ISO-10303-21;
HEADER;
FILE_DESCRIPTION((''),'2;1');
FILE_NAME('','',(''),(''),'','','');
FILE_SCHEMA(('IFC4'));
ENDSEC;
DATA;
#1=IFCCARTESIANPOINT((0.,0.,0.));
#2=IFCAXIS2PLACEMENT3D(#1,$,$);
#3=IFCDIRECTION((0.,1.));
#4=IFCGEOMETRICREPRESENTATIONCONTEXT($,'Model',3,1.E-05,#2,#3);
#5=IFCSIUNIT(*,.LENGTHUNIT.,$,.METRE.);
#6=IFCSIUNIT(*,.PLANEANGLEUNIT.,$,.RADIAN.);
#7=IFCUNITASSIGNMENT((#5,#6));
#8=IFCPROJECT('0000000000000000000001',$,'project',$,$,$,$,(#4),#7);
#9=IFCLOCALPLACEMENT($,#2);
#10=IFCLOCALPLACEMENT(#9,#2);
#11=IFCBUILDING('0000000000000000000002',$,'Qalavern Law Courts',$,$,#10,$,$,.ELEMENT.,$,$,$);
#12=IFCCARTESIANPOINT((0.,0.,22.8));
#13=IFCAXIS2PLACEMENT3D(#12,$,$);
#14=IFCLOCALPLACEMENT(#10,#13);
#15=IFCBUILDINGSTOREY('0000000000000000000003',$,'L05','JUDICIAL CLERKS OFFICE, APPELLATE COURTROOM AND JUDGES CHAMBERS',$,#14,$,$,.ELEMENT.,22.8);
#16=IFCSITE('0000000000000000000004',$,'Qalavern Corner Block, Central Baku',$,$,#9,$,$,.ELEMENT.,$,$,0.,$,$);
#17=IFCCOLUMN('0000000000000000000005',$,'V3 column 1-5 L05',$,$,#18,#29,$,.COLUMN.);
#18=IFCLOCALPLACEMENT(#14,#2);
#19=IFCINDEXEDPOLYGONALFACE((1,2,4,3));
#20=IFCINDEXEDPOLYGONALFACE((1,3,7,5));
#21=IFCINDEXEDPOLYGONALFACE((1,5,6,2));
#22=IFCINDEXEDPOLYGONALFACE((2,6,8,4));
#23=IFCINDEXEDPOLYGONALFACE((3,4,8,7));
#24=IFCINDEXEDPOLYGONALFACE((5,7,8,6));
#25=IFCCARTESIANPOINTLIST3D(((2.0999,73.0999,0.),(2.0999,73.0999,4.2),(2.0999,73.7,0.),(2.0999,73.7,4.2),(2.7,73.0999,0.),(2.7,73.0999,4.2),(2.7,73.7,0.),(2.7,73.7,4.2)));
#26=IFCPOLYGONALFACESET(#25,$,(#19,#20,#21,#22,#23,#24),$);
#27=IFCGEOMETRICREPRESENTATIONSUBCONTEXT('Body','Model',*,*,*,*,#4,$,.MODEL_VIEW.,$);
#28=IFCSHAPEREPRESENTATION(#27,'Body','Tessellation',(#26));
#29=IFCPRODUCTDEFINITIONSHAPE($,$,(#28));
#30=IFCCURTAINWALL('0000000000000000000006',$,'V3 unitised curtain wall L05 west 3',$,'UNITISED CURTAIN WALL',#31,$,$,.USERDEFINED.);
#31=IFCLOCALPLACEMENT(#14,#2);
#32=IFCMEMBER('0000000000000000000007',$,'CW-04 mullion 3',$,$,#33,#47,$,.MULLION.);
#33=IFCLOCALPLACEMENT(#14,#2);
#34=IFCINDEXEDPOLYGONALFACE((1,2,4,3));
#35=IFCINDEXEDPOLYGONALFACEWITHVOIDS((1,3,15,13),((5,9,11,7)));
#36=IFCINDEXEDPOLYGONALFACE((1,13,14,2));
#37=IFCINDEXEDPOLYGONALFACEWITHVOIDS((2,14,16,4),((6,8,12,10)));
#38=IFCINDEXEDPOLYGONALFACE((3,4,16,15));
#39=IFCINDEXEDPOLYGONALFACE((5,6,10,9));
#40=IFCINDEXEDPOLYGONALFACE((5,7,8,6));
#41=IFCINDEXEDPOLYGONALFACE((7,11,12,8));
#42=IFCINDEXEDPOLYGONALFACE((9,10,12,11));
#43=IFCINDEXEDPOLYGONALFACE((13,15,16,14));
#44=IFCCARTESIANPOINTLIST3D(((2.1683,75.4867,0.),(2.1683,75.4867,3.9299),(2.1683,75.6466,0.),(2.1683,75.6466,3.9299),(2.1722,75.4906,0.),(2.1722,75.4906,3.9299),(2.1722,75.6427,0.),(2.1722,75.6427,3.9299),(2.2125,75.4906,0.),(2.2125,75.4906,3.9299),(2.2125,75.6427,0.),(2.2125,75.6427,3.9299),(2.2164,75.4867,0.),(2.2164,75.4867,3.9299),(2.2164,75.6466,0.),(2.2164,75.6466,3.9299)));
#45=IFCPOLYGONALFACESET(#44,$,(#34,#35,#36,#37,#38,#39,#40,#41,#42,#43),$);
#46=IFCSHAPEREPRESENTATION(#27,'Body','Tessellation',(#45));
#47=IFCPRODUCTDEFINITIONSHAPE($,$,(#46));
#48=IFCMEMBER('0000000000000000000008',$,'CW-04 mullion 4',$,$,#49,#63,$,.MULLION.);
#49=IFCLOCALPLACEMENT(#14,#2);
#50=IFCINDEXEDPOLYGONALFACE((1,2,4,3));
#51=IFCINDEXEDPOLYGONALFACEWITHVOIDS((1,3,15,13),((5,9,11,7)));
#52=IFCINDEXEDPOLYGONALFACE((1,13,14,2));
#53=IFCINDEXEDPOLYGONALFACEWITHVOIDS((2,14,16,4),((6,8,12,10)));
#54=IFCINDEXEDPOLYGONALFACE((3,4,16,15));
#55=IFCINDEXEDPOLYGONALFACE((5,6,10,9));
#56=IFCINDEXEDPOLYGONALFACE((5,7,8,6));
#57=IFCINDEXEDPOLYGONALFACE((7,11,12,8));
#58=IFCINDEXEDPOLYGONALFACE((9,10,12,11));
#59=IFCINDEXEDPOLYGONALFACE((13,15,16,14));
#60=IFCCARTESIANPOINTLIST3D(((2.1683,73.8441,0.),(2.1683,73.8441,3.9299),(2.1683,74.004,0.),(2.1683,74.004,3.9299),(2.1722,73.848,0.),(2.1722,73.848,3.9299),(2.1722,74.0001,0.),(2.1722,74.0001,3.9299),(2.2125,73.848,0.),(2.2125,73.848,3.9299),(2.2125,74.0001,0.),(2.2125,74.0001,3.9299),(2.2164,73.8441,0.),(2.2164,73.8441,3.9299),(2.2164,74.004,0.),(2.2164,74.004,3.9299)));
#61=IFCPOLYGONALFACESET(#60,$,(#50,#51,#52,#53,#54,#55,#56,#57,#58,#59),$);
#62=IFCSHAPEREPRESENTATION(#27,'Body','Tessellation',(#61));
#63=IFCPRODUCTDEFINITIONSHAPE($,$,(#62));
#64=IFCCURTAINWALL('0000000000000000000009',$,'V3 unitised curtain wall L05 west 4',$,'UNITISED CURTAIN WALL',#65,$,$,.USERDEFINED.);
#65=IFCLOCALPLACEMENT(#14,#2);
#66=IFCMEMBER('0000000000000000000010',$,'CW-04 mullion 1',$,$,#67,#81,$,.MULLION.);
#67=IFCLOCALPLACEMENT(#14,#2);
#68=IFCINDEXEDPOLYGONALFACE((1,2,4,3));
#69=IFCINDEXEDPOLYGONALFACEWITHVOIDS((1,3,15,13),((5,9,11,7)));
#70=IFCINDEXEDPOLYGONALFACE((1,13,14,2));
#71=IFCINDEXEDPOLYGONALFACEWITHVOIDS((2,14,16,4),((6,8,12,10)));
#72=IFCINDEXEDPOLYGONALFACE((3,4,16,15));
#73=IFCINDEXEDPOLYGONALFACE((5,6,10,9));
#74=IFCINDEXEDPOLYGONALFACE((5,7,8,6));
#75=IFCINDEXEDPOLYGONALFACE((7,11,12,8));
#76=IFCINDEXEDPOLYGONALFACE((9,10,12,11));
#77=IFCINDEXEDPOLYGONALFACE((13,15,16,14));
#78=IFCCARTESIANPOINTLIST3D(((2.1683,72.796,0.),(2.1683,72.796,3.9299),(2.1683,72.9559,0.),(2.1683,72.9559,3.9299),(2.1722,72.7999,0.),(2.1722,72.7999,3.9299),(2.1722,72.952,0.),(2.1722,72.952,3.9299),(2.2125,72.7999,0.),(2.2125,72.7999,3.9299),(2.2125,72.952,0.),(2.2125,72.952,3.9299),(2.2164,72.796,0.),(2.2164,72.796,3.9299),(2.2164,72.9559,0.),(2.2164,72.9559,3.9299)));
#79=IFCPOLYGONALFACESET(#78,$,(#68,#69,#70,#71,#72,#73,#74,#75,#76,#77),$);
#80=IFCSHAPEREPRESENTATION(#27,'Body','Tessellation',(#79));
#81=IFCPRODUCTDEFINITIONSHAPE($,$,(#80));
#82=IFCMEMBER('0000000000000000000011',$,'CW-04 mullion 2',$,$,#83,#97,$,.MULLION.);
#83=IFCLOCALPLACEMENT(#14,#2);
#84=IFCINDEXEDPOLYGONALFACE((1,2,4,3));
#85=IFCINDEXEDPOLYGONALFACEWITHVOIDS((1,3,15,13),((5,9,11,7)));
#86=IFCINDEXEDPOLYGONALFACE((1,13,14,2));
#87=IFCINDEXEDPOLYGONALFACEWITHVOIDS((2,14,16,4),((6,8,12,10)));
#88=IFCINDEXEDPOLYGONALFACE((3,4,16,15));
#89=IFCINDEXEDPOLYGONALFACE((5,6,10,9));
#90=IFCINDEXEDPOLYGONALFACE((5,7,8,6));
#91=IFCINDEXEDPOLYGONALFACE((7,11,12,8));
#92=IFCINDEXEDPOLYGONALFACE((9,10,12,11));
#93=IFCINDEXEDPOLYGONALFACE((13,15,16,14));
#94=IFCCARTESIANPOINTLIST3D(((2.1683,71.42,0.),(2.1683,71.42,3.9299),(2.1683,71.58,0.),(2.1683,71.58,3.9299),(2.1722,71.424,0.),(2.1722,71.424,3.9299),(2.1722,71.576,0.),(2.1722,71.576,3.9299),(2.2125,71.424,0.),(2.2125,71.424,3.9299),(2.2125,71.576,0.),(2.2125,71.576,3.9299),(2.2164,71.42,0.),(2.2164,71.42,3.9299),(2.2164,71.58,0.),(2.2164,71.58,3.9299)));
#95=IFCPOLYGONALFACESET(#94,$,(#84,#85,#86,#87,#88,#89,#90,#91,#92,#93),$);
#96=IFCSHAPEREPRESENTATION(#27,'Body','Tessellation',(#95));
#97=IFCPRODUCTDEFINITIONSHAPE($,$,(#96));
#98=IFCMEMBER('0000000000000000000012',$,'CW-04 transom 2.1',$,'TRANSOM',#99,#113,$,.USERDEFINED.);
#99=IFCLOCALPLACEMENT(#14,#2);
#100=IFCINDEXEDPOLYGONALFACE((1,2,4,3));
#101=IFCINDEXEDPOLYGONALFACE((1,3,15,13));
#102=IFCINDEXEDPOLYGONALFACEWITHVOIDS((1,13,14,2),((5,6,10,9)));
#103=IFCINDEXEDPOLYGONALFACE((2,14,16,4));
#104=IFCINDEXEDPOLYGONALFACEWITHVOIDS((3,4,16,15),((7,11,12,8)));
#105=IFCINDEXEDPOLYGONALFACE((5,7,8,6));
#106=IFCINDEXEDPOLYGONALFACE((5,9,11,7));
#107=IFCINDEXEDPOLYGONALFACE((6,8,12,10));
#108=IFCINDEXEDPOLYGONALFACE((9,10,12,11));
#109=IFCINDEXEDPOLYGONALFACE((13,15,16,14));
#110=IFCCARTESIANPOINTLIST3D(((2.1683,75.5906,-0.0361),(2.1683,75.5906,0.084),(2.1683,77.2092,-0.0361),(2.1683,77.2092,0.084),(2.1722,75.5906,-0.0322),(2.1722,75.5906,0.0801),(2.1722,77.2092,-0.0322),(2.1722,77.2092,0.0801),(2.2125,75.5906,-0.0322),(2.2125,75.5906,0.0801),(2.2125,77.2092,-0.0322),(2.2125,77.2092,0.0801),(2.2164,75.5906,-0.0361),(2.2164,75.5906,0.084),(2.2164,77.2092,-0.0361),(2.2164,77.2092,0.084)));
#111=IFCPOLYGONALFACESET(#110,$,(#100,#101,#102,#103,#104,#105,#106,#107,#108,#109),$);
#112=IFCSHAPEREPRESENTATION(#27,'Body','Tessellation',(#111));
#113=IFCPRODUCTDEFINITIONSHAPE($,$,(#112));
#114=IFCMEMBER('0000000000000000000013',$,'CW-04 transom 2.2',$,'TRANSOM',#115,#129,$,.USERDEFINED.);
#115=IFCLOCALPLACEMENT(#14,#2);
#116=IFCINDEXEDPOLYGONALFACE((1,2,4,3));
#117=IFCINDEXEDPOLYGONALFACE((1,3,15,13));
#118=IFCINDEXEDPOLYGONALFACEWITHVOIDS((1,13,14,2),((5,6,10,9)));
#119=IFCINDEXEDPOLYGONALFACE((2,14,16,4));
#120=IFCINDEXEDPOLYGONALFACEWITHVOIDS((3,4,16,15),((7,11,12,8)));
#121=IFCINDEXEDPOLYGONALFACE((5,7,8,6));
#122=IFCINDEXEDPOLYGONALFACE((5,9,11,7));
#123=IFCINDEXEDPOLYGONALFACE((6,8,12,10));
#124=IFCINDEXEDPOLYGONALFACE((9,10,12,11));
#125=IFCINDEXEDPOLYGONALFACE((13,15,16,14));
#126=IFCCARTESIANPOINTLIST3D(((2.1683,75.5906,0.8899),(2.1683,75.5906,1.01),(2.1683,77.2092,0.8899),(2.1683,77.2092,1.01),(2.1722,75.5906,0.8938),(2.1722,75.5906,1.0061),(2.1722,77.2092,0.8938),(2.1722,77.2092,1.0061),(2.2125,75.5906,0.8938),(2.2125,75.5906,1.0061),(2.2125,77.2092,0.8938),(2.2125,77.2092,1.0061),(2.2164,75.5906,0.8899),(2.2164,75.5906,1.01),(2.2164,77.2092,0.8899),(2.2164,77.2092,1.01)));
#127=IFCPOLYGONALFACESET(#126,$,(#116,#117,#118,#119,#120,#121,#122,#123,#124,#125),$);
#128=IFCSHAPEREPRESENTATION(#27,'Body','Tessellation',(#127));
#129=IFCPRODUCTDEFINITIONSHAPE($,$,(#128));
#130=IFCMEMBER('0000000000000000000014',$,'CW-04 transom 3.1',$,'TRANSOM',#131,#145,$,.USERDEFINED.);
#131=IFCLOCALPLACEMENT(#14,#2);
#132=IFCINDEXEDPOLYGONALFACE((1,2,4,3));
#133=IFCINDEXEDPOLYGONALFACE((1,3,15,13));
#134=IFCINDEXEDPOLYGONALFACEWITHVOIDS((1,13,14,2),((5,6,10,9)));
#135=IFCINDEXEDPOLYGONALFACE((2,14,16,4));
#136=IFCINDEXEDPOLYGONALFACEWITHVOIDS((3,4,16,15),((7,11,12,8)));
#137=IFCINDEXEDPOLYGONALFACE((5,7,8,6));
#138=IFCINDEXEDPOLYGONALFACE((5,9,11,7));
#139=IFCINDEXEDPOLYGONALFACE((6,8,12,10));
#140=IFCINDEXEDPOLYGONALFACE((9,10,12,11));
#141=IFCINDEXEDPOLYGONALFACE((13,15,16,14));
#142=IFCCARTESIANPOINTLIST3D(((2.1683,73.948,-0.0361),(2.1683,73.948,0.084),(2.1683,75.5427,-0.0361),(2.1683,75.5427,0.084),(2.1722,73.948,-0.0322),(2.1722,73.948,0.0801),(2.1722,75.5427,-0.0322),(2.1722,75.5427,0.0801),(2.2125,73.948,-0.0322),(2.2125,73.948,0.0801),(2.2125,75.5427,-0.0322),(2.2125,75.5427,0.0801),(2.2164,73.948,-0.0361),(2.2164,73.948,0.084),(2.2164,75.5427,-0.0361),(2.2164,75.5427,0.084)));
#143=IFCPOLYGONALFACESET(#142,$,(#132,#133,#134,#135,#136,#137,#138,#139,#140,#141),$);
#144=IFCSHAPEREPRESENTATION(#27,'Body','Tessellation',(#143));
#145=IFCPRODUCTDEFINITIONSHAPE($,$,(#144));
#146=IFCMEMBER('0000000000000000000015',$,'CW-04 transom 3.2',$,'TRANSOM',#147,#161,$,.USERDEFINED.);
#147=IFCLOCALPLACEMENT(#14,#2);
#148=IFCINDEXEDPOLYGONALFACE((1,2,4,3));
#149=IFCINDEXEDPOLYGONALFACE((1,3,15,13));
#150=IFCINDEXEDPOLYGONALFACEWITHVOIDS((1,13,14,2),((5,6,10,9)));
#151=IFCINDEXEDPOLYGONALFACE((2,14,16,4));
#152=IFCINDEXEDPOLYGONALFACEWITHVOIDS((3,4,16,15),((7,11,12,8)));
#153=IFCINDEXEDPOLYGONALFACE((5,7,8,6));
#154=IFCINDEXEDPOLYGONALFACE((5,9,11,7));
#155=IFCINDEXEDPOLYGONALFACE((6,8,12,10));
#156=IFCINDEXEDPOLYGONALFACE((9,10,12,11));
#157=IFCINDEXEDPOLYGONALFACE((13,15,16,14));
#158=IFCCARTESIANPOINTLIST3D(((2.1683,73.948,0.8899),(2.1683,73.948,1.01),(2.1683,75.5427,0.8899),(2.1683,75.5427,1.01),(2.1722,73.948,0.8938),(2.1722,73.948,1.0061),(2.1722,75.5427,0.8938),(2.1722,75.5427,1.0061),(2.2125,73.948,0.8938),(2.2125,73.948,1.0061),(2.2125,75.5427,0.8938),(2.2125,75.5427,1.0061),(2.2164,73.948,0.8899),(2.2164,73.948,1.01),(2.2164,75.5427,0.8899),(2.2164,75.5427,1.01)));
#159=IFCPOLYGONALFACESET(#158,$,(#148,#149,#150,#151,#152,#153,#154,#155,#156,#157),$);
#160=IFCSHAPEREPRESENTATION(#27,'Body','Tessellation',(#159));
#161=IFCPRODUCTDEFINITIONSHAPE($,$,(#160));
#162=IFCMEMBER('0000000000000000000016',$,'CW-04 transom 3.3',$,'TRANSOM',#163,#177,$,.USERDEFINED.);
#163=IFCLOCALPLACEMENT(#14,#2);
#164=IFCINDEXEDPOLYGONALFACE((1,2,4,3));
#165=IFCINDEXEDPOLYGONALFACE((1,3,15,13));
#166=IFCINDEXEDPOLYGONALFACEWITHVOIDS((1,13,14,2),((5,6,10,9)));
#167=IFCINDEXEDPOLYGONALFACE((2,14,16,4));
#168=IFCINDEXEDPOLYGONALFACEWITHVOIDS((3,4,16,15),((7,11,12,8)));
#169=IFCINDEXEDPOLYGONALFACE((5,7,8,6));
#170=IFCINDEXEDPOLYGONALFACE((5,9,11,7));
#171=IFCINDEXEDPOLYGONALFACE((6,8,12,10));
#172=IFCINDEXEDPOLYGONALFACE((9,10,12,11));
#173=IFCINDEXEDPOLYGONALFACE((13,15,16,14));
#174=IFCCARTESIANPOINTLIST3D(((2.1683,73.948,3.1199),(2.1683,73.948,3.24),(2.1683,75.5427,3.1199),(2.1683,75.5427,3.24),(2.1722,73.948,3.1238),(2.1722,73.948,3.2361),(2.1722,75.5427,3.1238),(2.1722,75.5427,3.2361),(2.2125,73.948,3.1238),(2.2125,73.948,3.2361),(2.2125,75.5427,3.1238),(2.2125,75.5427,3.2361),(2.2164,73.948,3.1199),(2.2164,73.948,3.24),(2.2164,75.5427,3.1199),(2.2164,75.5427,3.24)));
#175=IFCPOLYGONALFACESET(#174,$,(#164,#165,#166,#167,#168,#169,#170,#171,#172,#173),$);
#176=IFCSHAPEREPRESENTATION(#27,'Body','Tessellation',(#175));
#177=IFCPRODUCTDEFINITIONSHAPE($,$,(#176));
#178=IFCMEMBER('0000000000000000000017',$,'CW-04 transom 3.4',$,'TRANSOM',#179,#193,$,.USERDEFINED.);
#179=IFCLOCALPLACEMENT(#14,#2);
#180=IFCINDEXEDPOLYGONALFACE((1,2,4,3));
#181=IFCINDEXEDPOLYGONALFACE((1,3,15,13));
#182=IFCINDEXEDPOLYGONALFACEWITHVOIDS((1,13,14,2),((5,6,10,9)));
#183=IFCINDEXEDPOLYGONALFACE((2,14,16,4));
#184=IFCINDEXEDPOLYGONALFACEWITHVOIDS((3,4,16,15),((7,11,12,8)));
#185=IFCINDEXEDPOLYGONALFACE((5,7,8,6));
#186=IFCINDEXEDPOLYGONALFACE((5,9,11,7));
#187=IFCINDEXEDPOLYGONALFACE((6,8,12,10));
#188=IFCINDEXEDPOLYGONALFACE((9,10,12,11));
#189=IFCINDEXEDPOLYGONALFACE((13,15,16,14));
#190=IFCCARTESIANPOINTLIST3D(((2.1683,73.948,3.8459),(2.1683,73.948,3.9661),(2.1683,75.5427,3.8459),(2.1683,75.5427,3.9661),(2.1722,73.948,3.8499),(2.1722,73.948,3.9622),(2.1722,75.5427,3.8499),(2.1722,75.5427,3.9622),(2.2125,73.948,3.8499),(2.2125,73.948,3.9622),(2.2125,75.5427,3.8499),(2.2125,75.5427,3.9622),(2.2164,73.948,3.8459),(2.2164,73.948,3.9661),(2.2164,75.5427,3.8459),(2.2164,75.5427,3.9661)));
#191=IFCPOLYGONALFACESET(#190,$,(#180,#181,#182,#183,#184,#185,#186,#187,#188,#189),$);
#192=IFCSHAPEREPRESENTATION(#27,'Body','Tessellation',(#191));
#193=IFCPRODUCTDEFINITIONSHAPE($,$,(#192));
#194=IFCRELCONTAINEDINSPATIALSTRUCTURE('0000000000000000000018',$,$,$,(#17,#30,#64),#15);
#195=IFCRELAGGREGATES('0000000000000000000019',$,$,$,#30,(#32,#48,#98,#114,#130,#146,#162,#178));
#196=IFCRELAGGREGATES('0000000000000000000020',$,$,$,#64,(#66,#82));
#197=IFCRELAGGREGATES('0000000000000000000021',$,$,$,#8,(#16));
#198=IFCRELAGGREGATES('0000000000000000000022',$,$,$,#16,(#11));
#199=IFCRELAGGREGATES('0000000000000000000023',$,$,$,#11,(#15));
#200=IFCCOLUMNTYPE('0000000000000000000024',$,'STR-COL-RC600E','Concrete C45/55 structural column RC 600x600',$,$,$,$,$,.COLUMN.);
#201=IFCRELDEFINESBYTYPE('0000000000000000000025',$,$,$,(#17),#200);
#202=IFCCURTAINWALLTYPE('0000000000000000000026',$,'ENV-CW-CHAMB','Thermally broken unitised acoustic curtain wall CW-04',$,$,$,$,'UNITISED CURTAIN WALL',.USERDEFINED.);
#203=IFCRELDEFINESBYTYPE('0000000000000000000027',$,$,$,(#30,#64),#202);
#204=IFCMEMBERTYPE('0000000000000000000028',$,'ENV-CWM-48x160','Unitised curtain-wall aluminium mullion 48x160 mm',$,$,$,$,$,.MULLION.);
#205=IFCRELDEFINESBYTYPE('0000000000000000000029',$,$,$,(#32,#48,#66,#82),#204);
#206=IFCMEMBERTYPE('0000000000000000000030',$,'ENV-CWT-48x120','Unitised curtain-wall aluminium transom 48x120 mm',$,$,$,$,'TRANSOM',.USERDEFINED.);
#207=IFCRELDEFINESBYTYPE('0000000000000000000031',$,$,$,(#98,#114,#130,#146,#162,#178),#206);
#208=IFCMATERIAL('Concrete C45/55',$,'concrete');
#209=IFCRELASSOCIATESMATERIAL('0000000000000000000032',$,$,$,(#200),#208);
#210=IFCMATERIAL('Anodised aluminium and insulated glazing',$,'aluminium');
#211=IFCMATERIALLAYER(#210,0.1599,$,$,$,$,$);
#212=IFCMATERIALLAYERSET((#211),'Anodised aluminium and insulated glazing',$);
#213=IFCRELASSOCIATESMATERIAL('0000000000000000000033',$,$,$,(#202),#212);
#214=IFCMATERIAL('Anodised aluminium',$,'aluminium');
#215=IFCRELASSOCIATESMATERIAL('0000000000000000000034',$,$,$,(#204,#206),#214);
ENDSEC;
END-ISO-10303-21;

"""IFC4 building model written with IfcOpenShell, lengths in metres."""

from ifc_helpers import new_model, si_unit, direction, frame, origin, origin_2d, place, context, subcontext, project, spatial, rectangle, hollow_rectangle, extrude, material, layer, layer_set, material_profile, profile_set, type_object, element, aggregate, save


model = new_model("IFC4")

# Units and contexts
model_context = context("Model", 3, precision=1e-05, world=origin(), true_north=direction((0.0, 1.0)))
body_context = subcontext(model_context, "Body", "Model", "MODEL_VIEW")
ifc_project = project(units=[si_unit("LENGTHUNIT", "METRE"), si_unit("PLANEANGLEUNIT", "RADIAN")], contexts=[model_context])

# Site, building, storey
site_placement = place(None, origin())
site = spatial("IfcSite", under=ifc_project, at=site_placement, Name="Qalavern Corner Block, Central Baku", CompositionType="ELEMENT", RefElevation=0.0)
building_placement = place(site_placement, origin())
building = spatial("IfcBuilding", under=site, at=building_placement, Name="Qalavern Law Courts", CompositionType="ELEMENT")
storey_placement = place(building_placement, frame((0.0, 0.0, 22.8)))
storey = spatial("IfcBuildingStorey", under=building, at=storey_placement, Name="L05", Description="JUDICIAL CLERKS OFFICE, APPELLATE COURTROOM AND JUDGES CHAMBERS", CompositionType="ELEMENT", Elevation=22.8)

# Column
ifc_material_1 = material(Name="Concrete C45/55", Category="concrete")
ifc_material_profile_1 = material_profile(ifc_material_1, rectangle(XDim=0.6001, YDim=0.6001, at=origin_2d()), Name="RC 600x600")
ifc_profile_set_1 = profile_set([ifc_material_profile_1], Name="Concrete C45/55")
column_type = type_object("IfcColumnType", Name="STR-COL-RC600E", Description="Concrete C45/55 structural column RC 600x600", PredefinedType="COLUMN", material=ifc_profile_set_1)
column_placement = place(storey_placement, frame((2.3999, 73.3999, 0.0), z_axis=(0.0, 0.0, 1.0), x_axis=(1.0, 0.0, 0.0)))
element("IfcColumn", 1, at=column_placement, inside=storey, type_object=column_type, Name="V3 column 1-5 L05", PredefinedType="COLUMN", context=body_context, shape_type="SweptSolid", body=[
    extrude(rectangle(XDim=0.6001, YDim=0.6001, at=origin_2d()), origin(), (0.0, 0.0, 1.0), 4.2),
])

# Curtain walls, members
ifc_material_2 = material(Name="Anodised aluminium and insulated glazing", Category="aluminium")
ifc_layer_1 = layer(ifc_material_2, 0.1599)
ifc_layer_set_1 = layer_set([ifc_layer_1], Name="Anodised aluminium and insulated glazing")
curtain_wall_type = type_object("IfcCurtainWallType", Name="ENV-CW-CHAMB", Description="Thermally broken unitised acoustic curtain wall CW-04", ElementType="UNITISED CURTAIN WALL", PredefinedType="USERDEFINED", material=ifc_layer_set_1)
curtain_wall_1_placement = place(storey_placement, origin())
curtain_wall_1 = element("IfcCurtainWall", 2, at=curtain_wall_1_placement, inside=storey, type_object=curtain_wall_type, Name="V3 unitised curtain wall L05 west 3", ObjectType="UNITISED CURTAIN WALL", PredefinedType="USERDEFINED")
ifc_material_3 = material(Name="Anodised aluminium", Category="aluminium")
ifc_material_profile_2 = material_profile(ifc_material_3, hollow_rectangle(XDim=0.0481, YDim=0.1599, WallThickness=0.0039, at=origin_2d()), Name="ALU MULLION 48x160")
ifc_profile_set_2 = profile_set([ifc_material_profile_2], Name="Anodised aluminium")
member_type_1 = type_object("IfcMemberType", Name="ENV-CWM-48x160", Description="Unitised curtain-wall aluminium mullion 48x160 mm", PredefinedType="MULLION", material=ifc_profile_set_2)
member_1_placement = place(storey_placement, frame((2.1924, 75.5667, 0.0), z_axis=(0.0, 0.0, 1.0), x_axis=(1.0, 0.0, 0.0)))
member_1 = element("IfcMember", 3, at=member_1_placement, type_object=member_type_1, Name="CW-04 mullion 3", PredefinedType="MULLION", context=body_context, shape_type="SweptSolid", body=[
    extrude(hollow_rectangle(XDim=0.0481, YDim=0.1599, WallThickness=0.0039, at=origin_2d()), origin(), (0.0, 0.0, 1.0), 3.9299),
])
member_2_placement = place(storey_placement, frame((2.1924, 73.9241, 0.0), z_axis=(0.0, 0.0, 1.0), x_axis=(1.0, 0.0, 0.0)))
member_2 = element("IfcMember", 4, at=member_2_placement, type_object=member_type_1, Name="CW-04 mullion 4", PredefinedType="MULLION", context=body_context, shape_type="SweptSolid", body=[
    extrude(hollow_rectangle(XDim=0.0481, YDim=0.1599, WallThickness=0.0039, at=origin_2d()), origin(), (0.0, 0.0, 1.0), 3.9299),
])
curtain_wall_2_placement = place(storey_placement, origin())
curtain_wall_2 = element("IfcCurtainWall", 5, at=curtain_wall_2_placement, inside=storey, type_object=curtain_wall_type, Name="V3 unitised curtain wall L05 west 4", ObjectType="UNITISED CURTAIN WALL", PredefinedType="USERDEFINED")
member_3_placement = place(storey_placement, frame((2.1924, 72.876, 0.0), z_axis=(0.0, 0.0, 1.0), x_axis=(1.0, 0.0, 0.0)))
member_3 = element("IfcMember", 6, at=member_3_placement, type_object=member_type_1, Name="CW-04 mullion 1", PredefinedType="MULLION", context=body_context, shape_type="SweptSolid", body=[
    extrude(hollow_rectangle(XDim=0.0481, YDim=0.1599, WallThickness=0.0039, at=origin_2d()), origin(), (0.0, 0.0, 1.0), 3.9299),
])
member_4_placement = place(storey_placement, frame((2.1924, 71.5, 0.0), z_axis=(0.0, 0.0, 1.0), x_axis=(1.0, 0.0, 0.0)))
member_4 = element("IfcMember", 7, at=member_4_placement, type_object=member_type_1, Name="CW-04 mullion 2", PredefinedType="MULLION", context=body_context, shape_type="SweptSolid", body=[
    extrude(hollow_rectangle(XDim=0.0481, YDim=0.1599, WallThickness=0.0039, at=origin_2d()), origin(), (0.0, 0.0, 1.0), 3.9299),
])

# Members
ifc_material_profile_3 = material_profile(ifc_material_3, hollow_rectangle(XDim=0.0481, YDim=0.1201, WallThickness=0.0039, at=origin_2d()), Name="ALU TRANSOM 48x120")
ifc_profile_set_3 = profile_set([ifc_material_profile_3], Name="Anodised aluminium")
member_type_2 = type_object("IfcMemberType", Name="ENV-CWT-48x120", Description="Unitised curtain-wall aluminium transom 48x120 mm", ElementType="TRANSOM", PredefinedType="USERDEFINED", material=ifc_profile_set_3)
member_5_placement = place(storey_placement, frame((2.1924, 77.2092, 0.0239), z_axis=(0.0, -1.0, 0.0), x_axis=(1.0, 0.0, 0.0)))
member_5 = element("IfcMember", 8, at=member_5_placement, type_object=member_type_2, Name="CW-04 transom 2.1", ObjectType="TRANSOM", PredefinedType="USERDEFINED", context=body_context, shape_type="SweptSolid", body=[
    extrude(hollow_rectangle(XDim=0.0481, YDim=0.1201, WallThickness=0.0039, at=origin_2d()), origin(), (0.0, 0.0, 1.0), 1.6187),
])
member_6_placement = place(storey_placement, frame((2.1924, 77.2092, 0.95), z_axis=(0.0, -1.0, 0.0), x_axis=(1.0, 0.0, 0.0)))
member_6 = element("IfcMember", 9, at=member_6_placement, type_object=member_type_2, Name="CW-04 transom 2.2", ObjectType="TRANSOM", PredefinedType="USERDEFINED", context=body_context, shape_type="SweptSolid", body=[
    extrude(hollow_rectangle(XDim=0.0481, YDim=0.1201, WallThickness=0.0039, at=origin_2d()), origin(), (0.0, 0.0, 1.0), 1.6187),
])
member_7_placement = place(storey_placement, frame((2.1924, 75.5427, 0.0239), z_axis=(0.0, -1.0, 0.0), x_axis=(1.0, 0.0, 0.0)))
member_7 = element("IfcMember", 10, at=member_7_placement, type_object=member_type_2, Name="CW-04 transom 3.1", ObjectType="TRANSOM", PredefinedType="USERDEFINED", context=body_context, shape_type="SweptSolid", body=[
    extrude(hollow_rectangle(XDim=0.0481, YDim=0.1201, WallThickness=0.0039, at=origin_2d()), origin(), (0.0, 0.0, 1.0), 1.5947),
])
member_8_placement = place(storey_placement, frame((2.1924, 75.5427, 0.95), z_axis=(0.0, -1.0, 0.0), x_axis=(1.0, 0.0, 0.0)))
member_8 = element("IfcMember", 11, at=member_8_placement, type_object=member_type_2, Name="CW-04 transom 3.2", ObjectType="TRANSOM", PredefinedType="USERDEFINED", context=body_context, shape_type="SweptSolid", body=[
    extrude(hollow_rectangle(XDim=0.0481, YDim=0.1201, WallThickness=0.0039, at=origin_2d()), origin(), (0.0, 0.0, 1.0), 1.5947),
])
member_9_placement = place(storey_placement, frame((2.1924, 75.5427, 3.1799), z_axis=(0.0, -1.0, 0.0), x_axis=(1.0, 0.0, 0.0)))
member_9 = element("IfcMember", 12, at=member_9_placement, type_object=member_type_2, Name="CW-04 transom 3.3", ObjectType="TRANSOM", PredefinedType="USERDEFINED", context=body_context, shape_type="SweptSolid", body=[
    extrude(hollow_rectangle(XDim=0.0481, YDim=0.1201, WallThickness=0.0039, at=origin_2d()), origin(), (0.0, 0.0, 1.0), 1.5947),
])
member_10_placement = place(storey_placement, frame((2.1924, 75.5427, 3.906), z_axis=(0.0, -1.0, 0.0), x_axis=(1.0, 0.0, 0.0)))
member_10 = element("IfcMember", 13, at=member_10_placement, type_object=member_type_2, Name="CW-04 transom 3.4", ObjectType="TRANSOM", PredefinedType="USERDEFINED", context=body_context, shape_type="SweptSolid", body=[
    extrude(hollow_rectangle(XDim=0.0481, YDim=0.1201, WallThickness=0.0039, at=origin_2d()), origin(), (0.0, 0.0, 1.0), 1.5947),
])

aggregate(curtain_wall_1, [member_1, member_2, member_5, member_6, member_7, member_8, member_9, member_10])
aggregate(curtain_wall_2, [member_3, member_4])

save(model, "model.ifc")
